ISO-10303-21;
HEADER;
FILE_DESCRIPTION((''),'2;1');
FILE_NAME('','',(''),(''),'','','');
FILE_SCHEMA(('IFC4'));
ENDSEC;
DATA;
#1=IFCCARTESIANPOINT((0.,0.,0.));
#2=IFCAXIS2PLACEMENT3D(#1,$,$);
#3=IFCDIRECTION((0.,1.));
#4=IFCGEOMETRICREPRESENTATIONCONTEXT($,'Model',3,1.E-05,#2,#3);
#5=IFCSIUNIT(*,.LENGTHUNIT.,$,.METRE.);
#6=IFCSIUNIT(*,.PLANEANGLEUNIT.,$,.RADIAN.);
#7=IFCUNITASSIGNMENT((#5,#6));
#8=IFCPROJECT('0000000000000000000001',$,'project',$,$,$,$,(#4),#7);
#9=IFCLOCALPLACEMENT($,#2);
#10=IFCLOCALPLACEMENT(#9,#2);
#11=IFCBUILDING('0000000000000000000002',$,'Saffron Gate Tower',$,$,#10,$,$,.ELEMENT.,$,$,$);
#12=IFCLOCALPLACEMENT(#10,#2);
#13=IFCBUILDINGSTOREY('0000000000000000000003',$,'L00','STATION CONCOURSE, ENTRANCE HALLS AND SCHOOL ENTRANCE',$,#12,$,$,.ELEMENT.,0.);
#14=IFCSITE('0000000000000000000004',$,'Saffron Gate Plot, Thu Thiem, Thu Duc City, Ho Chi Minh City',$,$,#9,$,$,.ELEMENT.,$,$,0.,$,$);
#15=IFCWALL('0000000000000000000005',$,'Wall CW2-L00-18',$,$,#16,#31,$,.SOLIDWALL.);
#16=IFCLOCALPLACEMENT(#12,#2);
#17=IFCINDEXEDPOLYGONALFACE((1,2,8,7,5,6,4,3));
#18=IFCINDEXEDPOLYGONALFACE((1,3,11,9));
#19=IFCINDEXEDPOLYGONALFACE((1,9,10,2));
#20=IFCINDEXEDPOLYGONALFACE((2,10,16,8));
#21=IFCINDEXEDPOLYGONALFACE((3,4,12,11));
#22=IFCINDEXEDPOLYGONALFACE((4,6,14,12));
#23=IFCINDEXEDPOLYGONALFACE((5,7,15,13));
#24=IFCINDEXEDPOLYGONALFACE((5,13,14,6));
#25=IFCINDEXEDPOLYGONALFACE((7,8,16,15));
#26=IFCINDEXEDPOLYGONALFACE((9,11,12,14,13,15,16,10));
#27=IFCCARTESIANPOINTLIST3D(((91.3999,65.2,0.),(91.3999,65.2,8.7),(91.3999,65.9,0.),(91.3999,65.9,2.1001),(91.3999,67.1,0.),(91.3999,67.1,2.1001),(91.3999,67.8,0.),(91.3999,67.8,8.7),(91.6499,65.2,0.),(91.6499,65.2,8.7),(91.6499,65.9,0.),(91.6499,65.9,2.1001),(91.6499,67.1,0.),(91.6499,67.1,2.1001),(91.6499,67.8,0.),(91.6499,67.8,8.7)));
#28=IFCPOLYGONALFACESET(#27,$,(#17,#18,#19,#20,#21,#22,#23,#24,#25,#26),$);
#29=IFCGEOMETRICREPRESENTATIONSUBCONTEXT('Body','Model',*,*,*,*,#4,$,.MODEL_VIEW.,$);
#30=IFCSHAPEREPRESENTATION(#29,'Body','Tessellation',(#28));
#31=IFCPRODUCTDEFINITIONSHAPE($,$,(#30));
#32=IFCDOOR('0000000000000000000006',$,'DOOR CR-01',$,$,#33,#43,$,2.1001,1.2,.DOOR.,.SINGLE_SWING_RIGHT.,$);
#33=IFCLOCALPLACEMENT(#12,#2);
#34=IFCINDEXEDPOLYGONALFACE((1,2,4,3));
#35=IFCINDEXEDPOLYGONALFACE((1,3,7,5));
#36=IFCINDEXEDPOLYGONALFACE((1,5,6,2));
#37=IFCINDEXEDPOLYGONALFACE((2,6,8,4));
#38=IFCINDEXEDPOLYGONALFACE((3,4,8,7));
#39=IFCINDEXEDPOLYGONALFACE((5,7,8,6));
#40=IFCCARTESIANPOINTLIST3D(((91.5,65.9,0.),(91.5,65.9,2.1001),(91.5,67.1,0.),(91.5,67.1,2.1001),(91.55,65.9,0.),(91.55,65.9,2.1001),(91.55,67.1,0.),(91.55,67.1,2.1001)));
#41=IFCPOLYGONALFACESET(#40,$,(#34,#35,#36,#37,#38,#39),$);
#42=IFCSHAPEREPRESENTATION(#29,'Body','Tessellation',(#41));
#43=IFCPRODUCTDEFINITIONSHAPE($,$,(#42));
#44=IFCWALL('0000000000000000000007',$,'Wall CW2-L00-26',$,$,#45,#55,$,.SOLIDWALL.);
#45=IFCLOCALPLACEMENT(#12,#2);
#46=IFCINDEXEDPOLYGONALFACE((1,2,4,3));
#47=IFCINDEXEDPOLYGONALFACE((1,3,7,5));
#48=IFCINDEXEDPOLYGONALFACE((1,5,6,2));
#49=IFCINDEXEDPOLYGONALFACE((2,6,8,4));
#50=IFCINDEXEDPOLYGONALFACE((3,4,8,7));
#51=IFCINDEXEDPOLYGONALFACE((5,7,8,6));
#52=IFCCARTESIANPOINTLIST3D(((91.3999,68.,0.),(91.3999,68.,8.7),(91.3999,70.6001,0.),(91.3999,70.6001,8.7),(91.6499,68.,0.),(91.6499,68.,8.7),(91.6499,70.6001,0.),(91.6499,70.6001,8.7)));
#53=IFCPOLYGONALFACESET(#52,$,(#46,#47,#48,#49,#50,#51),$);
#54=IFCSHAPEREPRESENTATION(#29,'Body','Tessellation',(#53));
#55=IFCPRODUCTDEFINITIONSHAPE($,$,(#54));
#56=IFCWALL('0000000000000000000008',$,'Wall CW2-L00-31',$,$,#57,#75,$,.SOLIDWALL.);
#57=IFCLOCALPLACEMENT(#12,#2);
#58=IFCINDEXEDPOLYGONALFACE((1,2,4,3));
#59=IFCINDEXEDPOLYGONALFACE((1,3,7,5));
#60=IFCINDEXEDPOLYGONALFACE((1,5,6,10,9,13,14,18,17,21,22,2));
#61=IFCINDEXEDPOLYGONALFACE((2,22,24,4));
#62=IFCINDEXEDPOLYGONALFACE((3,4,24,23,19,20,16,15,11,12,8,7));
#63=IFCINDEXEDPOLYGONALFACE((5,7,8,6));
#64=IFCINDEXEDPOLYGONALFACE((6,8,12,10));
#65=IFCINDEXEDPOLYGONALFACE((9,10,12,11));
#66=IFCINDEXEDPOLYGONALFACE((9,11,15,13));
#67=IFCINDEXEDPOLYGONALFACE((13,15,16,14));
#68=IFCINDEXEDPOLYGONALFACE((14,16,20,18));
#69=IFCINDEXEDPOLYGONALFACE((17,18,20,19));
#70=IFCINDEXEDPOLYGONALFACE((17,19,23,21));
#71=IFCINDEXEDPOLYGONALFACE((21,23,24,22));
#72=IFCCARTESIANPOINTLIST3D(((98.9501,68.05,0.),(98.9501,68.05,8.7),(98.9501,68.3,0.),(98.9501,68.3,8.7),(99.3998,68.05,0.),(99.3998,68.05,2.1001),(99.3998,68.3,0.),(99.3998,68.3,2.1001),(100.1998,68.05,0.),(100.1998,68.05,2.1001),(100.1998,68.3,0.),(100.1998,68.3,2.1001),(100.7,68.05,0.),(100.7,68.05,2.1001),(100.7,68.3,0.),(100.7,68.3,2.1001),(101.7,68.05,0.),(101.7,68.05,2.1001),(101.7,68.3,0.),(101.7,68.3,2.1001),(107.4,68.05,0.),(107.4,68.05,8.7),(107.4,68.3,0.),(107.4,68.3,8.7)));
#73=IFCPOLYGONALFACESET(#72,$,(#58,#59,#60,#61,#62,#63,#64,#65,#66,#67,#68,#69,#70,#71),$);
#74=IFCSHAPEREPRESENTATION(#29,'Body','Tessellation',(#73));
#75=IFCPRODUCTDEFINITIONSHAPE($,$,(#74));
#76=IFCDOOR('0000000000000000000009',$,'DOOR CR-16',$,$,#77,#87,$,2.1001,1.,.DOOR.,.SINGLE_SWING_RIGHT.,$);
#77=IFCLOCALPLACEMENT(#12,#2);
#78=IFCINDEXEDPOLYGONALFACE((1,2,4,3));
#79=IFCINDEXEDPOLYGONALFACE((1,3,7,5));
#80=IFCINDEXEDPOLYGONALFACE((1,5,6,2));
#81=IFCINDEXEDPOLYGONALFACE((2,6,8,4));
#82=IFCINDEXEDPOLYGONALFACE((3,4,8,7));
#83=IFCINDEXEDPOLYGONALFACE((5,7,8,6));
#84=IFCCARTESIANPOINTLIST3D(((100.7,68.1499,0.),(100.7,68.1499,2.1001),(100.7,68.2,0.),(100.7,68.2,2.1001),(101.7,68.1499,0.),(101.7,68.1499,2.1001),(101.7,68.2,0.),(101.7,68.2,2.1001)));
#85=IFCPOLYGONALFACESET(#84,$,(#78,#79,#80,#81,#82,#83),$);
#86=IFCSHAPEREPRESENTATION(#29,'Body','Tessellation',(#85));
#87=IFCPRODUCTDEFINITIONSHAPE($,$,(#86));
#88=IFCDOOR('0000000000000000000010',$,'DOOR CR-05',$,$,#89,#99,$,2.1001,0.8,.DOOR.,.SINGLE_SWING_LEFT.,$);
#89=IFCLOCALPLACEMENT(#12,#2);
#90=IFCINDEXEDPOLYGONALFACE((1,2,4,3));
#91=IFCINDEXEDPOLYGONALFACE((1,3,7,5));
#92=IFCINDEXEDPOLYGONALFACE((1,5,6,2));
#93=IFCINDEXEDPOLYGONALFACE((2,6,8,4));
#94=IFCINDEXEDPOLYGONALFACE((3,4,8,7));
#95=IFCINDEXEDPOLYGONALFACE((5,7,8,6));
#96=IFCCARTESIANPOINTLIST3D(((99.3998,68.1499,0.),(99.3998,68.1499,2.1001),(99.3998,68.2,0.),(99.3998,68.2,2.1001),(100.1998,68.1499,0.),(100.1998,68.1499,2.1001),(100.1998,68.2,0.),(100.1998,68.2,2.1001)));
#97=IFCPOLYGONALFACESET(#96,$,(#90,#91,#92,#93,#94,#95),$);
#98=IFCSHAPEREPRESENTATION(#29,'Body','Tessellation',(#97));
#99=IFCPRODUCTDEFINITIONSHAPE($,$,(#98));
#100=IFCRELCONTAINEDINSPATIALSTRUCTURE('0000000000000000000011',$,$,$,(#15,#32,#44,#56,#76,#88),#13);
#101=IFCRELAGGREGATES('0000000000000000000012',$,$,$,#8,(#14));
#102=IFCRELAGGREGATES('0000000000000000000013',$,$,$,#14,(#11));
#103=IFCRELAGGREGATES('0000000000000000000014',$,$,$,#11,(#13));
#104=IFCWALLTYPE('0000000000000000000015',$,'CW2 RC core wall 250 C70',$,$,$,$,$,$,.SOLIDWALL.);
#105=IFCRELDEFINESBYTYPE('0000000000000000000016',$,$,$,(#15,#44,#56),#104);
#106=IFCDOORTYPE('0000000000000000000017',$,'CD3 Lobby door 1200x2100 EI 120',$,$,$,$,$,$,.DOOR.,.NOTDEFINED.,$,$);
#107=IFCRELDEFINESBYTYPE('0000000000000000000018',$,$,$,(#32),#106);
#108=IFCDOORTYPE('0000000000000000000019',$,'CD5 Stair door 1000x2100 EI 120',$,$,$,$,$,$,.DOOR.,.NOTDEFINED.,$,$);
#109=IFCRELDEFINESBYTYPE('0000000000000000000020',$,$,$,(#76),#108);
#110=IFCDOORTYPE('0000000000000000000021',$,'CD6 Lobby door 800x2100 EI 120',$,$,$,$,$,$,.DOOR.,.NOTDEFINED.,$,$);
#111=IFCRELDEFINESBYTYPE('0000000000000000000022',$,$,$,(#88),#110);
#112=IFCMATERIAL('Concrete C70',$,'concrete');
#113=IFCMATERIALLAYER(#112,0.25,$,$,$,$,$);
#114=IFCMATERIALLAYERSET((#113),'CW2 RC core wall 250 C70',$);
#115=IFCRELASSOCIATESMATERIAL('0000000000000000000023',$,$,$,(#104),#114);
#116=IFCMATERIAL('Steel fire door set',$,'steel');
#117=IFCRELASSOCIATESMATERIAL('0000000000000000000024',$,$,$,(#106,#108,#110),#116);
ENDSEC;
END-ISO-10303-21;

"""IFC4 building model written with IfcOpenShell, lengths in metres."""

from ifc_helpers import new_model, si_unit, direction, frame, frame_2d, origin, place, context, subcontext, project, spatial, rectangle, extrude, material, layer, layer_set, type_object, element, fill, save


model = new_model("IFC4")

# Units and contexts
model_context = context("Model", 3, precision=1e-05, world=origin(), true_north=direction((0.0, 1.0)))
body_context = subcontext(model_context, "Body", "Model", "MODEL_VIEW")
ifc_project = project(units=[si_unit("LENGTHUNIT", "METRE"), si_unit("PLANEANGLEUNIT", "RADIAN")], contexts=[model_context])

# Site, building, storey
site_placement = place(None, origin())
site = spatial("IfcSite", under=ifc_project, at=site_placement, Name="Saffron Gate Plot, Thu Thiem, Thu Duc City, Ho Chi Minh City", CompositionType="ELEMENT", RefElevation=0.0)
building_placement = place(site_placement, origin())
building = spatial("IfcBuilding", under=site, at=building_placement, Name="Saffron Gate Tower", CompositionType="ELEMENT")
storey_placement = place(building_placement, origin())
storey = spatial("IfcBuildingStorey", under=building, at=storey_placement, Name="L00", Description="STATION CONCOURSE, ENTRANCE HALLS AND SCHOOL ENTRANCE", CompositionType="ELEMENT", Elevation=0.0)

# Wall, opening, door
ifc_material_1 = material(Name="Concrete C70", Category="concrete")
ifc_layer_1 = layer(ifc_material_1, 0.25)
ifc_layer_set_1 = layer_set([ifc_layer_1], Name="CW2 RC core wall 250 C70")
wall_type_1 = type_object("IfcWallType", Name="CW2 RC core wall 250 C70", PredefinedType="SOLIDWALL", material=ifc_layer_set_1)
wall_1_placement = place(storey_placement, frame((91.5249, 65.2, 0.0), z_axis=(0.0, 0.0, 1.0), x_axis=(0.0, 1.0, 0.0)))
wall_1 = element("IfcWall", 1, at=wall_1_placement, inside=storey, type_object=wall_type_1, Name="Wall CW2-L00-18", PredefinedType="SOLIDWALL", context=body_context, shape_type="SweptSolid", body=[
    extrude(rectangle(XDim=2.6001, YDim=0.25, at=frame_2d((1.3, 0.0))), origin(), (0.0, 0.0, 1.0), 8.7),
])
opening_1_placement = place(wall_1_placement, frame((0.7, 0.0, 0.0)))
opening_1 = element("IfcOpeningElement", 2, at=opening_1_placement, cuts=wall_1, PredefinedType="OPENING", context=body_context, shape_type="SweptSolid", body=[
    extrude(rectangle(XDim=1.2, YDim=2.1001, at=frame_2d((0.6001, 1.05))), frame((0.0, 0.135, 0.0), z_axis=(0.0, -1.0, 0.0), x_axis=(1.0, 0.0, 0.0)), (0.0, 0.0, 1.0), 0.27),
])
ifc_material_2 = material(Name="Steel fire door set", Category="steel")
door_type_1 = type_object("IfcDoorType", Name="CD3 Lobby door 1200x2100 EI 120", OperationType="NOTDEFINED", PredefinedType="DOOR", material=ifc_material_2)
door_1_placement = place(opening_1_placement, origin())
door_1 = element("IfcDoor", 3, at=door_1_placement, inside=storey, type_object=door_type_1, Name="DOOR CR-01", OperationType="SINGLE_SWING_RIGHT", OverallHeight=2.1001, OverallWidth=1.2, PredefinedType="DOOR", context=body_context, shape_type="SweptSolid", body=[
    extrude(rectangle(XDim=1.2, YDim=2.1001, at=frame_2d((0.6001, 1.05))), frame((0.0, 0.0249, 0.0), z_axis=(0.0, -1.0, 0.0), x_axis=(1.0, 0.0, 0.0)), (0.0, 0.0, 1.0), 0.05),
])
fill(opening_1, door_1)

# Wall
wall_2_placement = place(storey_placement, frame((91.5249, 68.0, 0.0), z_axis=(0.0, 0.0, 1.0), x_axis=(0.0, 1.0, 0.0)))
element("IfcWall", 4, at=wall_2_placement, inside=storey, type_object=wall_type_1, Name="Wall CW2-L00-26", PredefinedType="SOLIDWALL", context=body_context, shape_type="SweptSolid", body=[
    extrude(rectangle(XDim=2.6001, YDim=0.25, at=frame_2d((1.3, 0.0))), origin(), (0.0, 0.0, 1.0), 8.7),
])

# Wall, openings, doors
wall_3_placement = place(storey_placement, frame((98.95, 68.175, 0.0), z_axis=(0.0, 0.0, 1.0), x_axis=(1.0, 0.0, 0.0)))
wall_3 = element("IfcWall", 5, at=wall_3_placement, inside=storey, type_object=wall_type_1, Name="Wall CW2-L00-31", PredefinedType="SOLIDWALL", context=body_context, shape_type="SweptSolid", body=[
    extrude(rectangle(XDim=8.45, YDim=0.25, at=frame_2d((4.2251, 0.0))), origin(), (0.0, 0.0, 1.0), 8.7),
])
opening_2_placement = place(wall_3_placement, frame((0.45, 0.0, 0.0)))
opening_2 = element("IfcOpeningElement", 6, at=opening_2_placement, cuts=wall_3, PredefinedType="OPENING", context=body_context, shape_type="SweptSolid", body=[
    extrude(rectangle(XDim=0.8, YDim=2.1001, at=frame_2d((0.3999, 1.05))), frame((0.0, 0.135, 0.0), z_axis=(0.0, -1.0, 0.0), x_axis=(1.0, 0.0, 0.0)), (0.0, 0.0, 1.0), 0.27),
])
opening_3_placement = place(wall_3_placement, frame((1.75, 0.0, 0.0)))
opening_3 = element("IfcOpeningElement", 7, at=opening_3_placement, cuts=wall_3, PredefinedType="OPENING", context=body_context, shape_type="SweptSolid", body=[
    extrude(rectangle(XDim=1.0, YDim=2.1001, at=frame_2d((0.5, 1.05))), frame((0.0, 0.135, 0.0), z_axis=(0.0, -1.0, 0.0), x_axis=(1.0, 0.0, 0.0)), (0.0, 0.0, 1.0), 0.27),
])
door_type_2 = type_object("IfcDoorType", Name="CD5 Stair door 1000x2100 EI 120", OperationType="NOTDEFINED", PredefinedType="DOOR", material=ifc_material_2)
door_2_placement = place(opening_3_placement, origin())
door_2 = element("IfcDoor", 8, at=door_2_placement, inside=storey, type_object=door_type_2, Name="DOOR CR-16", OperationType="SINGLE_SWING_RIGHT", OverallHeight=2.1001, OverallWidth=1.0, PredefinedType="DOOR", context=body_context, shape_type="SweptSolid", body=[
    extrude(rectangle(XDim=1.0, YDim=2.1001, at=frame_2d((0.5, 1.05))), frame((0.0, 0.0249, 0.0), z_axis=(0.0, -1.0, 0.0), x_axis=(1.0, 0.0, 0.0)), (0.0, 0.0, 1.0), 0.05),
])
fill(opening_3, door_2)
door_type_3 = type_object("IfcDoorType", Name="CD6 Lobby door 800x2100 EI 120", OperationType="NOTDEFINED", PredefinedType="DOOR", material=ifc_material_2)
door_3_placement = place(opening_2_placement, origin())
door_3 = element("IfcDoor", 9, at=door_3_placement, inside=storey, type_object=door_type_3, Name="DOOR CR-05", OperationType="SINGLE_SWING_LEFT", OverallHeight=2.1001, OverallWidth=0.8, PredefinedType="DOOR", context=body_context, shape_type="SweptSolid", body=[
    extrude(rectangle(XDim=0.8, YDim=2.1001, at=frame_2d((0.3999, 1.05))), frame((0.0, 0.0249, 0.0), z_axis=(0.0, -1.0, 0.0), x_axis=(1.0, 0.0, 0.0)), (0.0, 0.0, 1.0), 0.05),
])
fill(opening_2, door_3)

save(model, "model.ifc")
